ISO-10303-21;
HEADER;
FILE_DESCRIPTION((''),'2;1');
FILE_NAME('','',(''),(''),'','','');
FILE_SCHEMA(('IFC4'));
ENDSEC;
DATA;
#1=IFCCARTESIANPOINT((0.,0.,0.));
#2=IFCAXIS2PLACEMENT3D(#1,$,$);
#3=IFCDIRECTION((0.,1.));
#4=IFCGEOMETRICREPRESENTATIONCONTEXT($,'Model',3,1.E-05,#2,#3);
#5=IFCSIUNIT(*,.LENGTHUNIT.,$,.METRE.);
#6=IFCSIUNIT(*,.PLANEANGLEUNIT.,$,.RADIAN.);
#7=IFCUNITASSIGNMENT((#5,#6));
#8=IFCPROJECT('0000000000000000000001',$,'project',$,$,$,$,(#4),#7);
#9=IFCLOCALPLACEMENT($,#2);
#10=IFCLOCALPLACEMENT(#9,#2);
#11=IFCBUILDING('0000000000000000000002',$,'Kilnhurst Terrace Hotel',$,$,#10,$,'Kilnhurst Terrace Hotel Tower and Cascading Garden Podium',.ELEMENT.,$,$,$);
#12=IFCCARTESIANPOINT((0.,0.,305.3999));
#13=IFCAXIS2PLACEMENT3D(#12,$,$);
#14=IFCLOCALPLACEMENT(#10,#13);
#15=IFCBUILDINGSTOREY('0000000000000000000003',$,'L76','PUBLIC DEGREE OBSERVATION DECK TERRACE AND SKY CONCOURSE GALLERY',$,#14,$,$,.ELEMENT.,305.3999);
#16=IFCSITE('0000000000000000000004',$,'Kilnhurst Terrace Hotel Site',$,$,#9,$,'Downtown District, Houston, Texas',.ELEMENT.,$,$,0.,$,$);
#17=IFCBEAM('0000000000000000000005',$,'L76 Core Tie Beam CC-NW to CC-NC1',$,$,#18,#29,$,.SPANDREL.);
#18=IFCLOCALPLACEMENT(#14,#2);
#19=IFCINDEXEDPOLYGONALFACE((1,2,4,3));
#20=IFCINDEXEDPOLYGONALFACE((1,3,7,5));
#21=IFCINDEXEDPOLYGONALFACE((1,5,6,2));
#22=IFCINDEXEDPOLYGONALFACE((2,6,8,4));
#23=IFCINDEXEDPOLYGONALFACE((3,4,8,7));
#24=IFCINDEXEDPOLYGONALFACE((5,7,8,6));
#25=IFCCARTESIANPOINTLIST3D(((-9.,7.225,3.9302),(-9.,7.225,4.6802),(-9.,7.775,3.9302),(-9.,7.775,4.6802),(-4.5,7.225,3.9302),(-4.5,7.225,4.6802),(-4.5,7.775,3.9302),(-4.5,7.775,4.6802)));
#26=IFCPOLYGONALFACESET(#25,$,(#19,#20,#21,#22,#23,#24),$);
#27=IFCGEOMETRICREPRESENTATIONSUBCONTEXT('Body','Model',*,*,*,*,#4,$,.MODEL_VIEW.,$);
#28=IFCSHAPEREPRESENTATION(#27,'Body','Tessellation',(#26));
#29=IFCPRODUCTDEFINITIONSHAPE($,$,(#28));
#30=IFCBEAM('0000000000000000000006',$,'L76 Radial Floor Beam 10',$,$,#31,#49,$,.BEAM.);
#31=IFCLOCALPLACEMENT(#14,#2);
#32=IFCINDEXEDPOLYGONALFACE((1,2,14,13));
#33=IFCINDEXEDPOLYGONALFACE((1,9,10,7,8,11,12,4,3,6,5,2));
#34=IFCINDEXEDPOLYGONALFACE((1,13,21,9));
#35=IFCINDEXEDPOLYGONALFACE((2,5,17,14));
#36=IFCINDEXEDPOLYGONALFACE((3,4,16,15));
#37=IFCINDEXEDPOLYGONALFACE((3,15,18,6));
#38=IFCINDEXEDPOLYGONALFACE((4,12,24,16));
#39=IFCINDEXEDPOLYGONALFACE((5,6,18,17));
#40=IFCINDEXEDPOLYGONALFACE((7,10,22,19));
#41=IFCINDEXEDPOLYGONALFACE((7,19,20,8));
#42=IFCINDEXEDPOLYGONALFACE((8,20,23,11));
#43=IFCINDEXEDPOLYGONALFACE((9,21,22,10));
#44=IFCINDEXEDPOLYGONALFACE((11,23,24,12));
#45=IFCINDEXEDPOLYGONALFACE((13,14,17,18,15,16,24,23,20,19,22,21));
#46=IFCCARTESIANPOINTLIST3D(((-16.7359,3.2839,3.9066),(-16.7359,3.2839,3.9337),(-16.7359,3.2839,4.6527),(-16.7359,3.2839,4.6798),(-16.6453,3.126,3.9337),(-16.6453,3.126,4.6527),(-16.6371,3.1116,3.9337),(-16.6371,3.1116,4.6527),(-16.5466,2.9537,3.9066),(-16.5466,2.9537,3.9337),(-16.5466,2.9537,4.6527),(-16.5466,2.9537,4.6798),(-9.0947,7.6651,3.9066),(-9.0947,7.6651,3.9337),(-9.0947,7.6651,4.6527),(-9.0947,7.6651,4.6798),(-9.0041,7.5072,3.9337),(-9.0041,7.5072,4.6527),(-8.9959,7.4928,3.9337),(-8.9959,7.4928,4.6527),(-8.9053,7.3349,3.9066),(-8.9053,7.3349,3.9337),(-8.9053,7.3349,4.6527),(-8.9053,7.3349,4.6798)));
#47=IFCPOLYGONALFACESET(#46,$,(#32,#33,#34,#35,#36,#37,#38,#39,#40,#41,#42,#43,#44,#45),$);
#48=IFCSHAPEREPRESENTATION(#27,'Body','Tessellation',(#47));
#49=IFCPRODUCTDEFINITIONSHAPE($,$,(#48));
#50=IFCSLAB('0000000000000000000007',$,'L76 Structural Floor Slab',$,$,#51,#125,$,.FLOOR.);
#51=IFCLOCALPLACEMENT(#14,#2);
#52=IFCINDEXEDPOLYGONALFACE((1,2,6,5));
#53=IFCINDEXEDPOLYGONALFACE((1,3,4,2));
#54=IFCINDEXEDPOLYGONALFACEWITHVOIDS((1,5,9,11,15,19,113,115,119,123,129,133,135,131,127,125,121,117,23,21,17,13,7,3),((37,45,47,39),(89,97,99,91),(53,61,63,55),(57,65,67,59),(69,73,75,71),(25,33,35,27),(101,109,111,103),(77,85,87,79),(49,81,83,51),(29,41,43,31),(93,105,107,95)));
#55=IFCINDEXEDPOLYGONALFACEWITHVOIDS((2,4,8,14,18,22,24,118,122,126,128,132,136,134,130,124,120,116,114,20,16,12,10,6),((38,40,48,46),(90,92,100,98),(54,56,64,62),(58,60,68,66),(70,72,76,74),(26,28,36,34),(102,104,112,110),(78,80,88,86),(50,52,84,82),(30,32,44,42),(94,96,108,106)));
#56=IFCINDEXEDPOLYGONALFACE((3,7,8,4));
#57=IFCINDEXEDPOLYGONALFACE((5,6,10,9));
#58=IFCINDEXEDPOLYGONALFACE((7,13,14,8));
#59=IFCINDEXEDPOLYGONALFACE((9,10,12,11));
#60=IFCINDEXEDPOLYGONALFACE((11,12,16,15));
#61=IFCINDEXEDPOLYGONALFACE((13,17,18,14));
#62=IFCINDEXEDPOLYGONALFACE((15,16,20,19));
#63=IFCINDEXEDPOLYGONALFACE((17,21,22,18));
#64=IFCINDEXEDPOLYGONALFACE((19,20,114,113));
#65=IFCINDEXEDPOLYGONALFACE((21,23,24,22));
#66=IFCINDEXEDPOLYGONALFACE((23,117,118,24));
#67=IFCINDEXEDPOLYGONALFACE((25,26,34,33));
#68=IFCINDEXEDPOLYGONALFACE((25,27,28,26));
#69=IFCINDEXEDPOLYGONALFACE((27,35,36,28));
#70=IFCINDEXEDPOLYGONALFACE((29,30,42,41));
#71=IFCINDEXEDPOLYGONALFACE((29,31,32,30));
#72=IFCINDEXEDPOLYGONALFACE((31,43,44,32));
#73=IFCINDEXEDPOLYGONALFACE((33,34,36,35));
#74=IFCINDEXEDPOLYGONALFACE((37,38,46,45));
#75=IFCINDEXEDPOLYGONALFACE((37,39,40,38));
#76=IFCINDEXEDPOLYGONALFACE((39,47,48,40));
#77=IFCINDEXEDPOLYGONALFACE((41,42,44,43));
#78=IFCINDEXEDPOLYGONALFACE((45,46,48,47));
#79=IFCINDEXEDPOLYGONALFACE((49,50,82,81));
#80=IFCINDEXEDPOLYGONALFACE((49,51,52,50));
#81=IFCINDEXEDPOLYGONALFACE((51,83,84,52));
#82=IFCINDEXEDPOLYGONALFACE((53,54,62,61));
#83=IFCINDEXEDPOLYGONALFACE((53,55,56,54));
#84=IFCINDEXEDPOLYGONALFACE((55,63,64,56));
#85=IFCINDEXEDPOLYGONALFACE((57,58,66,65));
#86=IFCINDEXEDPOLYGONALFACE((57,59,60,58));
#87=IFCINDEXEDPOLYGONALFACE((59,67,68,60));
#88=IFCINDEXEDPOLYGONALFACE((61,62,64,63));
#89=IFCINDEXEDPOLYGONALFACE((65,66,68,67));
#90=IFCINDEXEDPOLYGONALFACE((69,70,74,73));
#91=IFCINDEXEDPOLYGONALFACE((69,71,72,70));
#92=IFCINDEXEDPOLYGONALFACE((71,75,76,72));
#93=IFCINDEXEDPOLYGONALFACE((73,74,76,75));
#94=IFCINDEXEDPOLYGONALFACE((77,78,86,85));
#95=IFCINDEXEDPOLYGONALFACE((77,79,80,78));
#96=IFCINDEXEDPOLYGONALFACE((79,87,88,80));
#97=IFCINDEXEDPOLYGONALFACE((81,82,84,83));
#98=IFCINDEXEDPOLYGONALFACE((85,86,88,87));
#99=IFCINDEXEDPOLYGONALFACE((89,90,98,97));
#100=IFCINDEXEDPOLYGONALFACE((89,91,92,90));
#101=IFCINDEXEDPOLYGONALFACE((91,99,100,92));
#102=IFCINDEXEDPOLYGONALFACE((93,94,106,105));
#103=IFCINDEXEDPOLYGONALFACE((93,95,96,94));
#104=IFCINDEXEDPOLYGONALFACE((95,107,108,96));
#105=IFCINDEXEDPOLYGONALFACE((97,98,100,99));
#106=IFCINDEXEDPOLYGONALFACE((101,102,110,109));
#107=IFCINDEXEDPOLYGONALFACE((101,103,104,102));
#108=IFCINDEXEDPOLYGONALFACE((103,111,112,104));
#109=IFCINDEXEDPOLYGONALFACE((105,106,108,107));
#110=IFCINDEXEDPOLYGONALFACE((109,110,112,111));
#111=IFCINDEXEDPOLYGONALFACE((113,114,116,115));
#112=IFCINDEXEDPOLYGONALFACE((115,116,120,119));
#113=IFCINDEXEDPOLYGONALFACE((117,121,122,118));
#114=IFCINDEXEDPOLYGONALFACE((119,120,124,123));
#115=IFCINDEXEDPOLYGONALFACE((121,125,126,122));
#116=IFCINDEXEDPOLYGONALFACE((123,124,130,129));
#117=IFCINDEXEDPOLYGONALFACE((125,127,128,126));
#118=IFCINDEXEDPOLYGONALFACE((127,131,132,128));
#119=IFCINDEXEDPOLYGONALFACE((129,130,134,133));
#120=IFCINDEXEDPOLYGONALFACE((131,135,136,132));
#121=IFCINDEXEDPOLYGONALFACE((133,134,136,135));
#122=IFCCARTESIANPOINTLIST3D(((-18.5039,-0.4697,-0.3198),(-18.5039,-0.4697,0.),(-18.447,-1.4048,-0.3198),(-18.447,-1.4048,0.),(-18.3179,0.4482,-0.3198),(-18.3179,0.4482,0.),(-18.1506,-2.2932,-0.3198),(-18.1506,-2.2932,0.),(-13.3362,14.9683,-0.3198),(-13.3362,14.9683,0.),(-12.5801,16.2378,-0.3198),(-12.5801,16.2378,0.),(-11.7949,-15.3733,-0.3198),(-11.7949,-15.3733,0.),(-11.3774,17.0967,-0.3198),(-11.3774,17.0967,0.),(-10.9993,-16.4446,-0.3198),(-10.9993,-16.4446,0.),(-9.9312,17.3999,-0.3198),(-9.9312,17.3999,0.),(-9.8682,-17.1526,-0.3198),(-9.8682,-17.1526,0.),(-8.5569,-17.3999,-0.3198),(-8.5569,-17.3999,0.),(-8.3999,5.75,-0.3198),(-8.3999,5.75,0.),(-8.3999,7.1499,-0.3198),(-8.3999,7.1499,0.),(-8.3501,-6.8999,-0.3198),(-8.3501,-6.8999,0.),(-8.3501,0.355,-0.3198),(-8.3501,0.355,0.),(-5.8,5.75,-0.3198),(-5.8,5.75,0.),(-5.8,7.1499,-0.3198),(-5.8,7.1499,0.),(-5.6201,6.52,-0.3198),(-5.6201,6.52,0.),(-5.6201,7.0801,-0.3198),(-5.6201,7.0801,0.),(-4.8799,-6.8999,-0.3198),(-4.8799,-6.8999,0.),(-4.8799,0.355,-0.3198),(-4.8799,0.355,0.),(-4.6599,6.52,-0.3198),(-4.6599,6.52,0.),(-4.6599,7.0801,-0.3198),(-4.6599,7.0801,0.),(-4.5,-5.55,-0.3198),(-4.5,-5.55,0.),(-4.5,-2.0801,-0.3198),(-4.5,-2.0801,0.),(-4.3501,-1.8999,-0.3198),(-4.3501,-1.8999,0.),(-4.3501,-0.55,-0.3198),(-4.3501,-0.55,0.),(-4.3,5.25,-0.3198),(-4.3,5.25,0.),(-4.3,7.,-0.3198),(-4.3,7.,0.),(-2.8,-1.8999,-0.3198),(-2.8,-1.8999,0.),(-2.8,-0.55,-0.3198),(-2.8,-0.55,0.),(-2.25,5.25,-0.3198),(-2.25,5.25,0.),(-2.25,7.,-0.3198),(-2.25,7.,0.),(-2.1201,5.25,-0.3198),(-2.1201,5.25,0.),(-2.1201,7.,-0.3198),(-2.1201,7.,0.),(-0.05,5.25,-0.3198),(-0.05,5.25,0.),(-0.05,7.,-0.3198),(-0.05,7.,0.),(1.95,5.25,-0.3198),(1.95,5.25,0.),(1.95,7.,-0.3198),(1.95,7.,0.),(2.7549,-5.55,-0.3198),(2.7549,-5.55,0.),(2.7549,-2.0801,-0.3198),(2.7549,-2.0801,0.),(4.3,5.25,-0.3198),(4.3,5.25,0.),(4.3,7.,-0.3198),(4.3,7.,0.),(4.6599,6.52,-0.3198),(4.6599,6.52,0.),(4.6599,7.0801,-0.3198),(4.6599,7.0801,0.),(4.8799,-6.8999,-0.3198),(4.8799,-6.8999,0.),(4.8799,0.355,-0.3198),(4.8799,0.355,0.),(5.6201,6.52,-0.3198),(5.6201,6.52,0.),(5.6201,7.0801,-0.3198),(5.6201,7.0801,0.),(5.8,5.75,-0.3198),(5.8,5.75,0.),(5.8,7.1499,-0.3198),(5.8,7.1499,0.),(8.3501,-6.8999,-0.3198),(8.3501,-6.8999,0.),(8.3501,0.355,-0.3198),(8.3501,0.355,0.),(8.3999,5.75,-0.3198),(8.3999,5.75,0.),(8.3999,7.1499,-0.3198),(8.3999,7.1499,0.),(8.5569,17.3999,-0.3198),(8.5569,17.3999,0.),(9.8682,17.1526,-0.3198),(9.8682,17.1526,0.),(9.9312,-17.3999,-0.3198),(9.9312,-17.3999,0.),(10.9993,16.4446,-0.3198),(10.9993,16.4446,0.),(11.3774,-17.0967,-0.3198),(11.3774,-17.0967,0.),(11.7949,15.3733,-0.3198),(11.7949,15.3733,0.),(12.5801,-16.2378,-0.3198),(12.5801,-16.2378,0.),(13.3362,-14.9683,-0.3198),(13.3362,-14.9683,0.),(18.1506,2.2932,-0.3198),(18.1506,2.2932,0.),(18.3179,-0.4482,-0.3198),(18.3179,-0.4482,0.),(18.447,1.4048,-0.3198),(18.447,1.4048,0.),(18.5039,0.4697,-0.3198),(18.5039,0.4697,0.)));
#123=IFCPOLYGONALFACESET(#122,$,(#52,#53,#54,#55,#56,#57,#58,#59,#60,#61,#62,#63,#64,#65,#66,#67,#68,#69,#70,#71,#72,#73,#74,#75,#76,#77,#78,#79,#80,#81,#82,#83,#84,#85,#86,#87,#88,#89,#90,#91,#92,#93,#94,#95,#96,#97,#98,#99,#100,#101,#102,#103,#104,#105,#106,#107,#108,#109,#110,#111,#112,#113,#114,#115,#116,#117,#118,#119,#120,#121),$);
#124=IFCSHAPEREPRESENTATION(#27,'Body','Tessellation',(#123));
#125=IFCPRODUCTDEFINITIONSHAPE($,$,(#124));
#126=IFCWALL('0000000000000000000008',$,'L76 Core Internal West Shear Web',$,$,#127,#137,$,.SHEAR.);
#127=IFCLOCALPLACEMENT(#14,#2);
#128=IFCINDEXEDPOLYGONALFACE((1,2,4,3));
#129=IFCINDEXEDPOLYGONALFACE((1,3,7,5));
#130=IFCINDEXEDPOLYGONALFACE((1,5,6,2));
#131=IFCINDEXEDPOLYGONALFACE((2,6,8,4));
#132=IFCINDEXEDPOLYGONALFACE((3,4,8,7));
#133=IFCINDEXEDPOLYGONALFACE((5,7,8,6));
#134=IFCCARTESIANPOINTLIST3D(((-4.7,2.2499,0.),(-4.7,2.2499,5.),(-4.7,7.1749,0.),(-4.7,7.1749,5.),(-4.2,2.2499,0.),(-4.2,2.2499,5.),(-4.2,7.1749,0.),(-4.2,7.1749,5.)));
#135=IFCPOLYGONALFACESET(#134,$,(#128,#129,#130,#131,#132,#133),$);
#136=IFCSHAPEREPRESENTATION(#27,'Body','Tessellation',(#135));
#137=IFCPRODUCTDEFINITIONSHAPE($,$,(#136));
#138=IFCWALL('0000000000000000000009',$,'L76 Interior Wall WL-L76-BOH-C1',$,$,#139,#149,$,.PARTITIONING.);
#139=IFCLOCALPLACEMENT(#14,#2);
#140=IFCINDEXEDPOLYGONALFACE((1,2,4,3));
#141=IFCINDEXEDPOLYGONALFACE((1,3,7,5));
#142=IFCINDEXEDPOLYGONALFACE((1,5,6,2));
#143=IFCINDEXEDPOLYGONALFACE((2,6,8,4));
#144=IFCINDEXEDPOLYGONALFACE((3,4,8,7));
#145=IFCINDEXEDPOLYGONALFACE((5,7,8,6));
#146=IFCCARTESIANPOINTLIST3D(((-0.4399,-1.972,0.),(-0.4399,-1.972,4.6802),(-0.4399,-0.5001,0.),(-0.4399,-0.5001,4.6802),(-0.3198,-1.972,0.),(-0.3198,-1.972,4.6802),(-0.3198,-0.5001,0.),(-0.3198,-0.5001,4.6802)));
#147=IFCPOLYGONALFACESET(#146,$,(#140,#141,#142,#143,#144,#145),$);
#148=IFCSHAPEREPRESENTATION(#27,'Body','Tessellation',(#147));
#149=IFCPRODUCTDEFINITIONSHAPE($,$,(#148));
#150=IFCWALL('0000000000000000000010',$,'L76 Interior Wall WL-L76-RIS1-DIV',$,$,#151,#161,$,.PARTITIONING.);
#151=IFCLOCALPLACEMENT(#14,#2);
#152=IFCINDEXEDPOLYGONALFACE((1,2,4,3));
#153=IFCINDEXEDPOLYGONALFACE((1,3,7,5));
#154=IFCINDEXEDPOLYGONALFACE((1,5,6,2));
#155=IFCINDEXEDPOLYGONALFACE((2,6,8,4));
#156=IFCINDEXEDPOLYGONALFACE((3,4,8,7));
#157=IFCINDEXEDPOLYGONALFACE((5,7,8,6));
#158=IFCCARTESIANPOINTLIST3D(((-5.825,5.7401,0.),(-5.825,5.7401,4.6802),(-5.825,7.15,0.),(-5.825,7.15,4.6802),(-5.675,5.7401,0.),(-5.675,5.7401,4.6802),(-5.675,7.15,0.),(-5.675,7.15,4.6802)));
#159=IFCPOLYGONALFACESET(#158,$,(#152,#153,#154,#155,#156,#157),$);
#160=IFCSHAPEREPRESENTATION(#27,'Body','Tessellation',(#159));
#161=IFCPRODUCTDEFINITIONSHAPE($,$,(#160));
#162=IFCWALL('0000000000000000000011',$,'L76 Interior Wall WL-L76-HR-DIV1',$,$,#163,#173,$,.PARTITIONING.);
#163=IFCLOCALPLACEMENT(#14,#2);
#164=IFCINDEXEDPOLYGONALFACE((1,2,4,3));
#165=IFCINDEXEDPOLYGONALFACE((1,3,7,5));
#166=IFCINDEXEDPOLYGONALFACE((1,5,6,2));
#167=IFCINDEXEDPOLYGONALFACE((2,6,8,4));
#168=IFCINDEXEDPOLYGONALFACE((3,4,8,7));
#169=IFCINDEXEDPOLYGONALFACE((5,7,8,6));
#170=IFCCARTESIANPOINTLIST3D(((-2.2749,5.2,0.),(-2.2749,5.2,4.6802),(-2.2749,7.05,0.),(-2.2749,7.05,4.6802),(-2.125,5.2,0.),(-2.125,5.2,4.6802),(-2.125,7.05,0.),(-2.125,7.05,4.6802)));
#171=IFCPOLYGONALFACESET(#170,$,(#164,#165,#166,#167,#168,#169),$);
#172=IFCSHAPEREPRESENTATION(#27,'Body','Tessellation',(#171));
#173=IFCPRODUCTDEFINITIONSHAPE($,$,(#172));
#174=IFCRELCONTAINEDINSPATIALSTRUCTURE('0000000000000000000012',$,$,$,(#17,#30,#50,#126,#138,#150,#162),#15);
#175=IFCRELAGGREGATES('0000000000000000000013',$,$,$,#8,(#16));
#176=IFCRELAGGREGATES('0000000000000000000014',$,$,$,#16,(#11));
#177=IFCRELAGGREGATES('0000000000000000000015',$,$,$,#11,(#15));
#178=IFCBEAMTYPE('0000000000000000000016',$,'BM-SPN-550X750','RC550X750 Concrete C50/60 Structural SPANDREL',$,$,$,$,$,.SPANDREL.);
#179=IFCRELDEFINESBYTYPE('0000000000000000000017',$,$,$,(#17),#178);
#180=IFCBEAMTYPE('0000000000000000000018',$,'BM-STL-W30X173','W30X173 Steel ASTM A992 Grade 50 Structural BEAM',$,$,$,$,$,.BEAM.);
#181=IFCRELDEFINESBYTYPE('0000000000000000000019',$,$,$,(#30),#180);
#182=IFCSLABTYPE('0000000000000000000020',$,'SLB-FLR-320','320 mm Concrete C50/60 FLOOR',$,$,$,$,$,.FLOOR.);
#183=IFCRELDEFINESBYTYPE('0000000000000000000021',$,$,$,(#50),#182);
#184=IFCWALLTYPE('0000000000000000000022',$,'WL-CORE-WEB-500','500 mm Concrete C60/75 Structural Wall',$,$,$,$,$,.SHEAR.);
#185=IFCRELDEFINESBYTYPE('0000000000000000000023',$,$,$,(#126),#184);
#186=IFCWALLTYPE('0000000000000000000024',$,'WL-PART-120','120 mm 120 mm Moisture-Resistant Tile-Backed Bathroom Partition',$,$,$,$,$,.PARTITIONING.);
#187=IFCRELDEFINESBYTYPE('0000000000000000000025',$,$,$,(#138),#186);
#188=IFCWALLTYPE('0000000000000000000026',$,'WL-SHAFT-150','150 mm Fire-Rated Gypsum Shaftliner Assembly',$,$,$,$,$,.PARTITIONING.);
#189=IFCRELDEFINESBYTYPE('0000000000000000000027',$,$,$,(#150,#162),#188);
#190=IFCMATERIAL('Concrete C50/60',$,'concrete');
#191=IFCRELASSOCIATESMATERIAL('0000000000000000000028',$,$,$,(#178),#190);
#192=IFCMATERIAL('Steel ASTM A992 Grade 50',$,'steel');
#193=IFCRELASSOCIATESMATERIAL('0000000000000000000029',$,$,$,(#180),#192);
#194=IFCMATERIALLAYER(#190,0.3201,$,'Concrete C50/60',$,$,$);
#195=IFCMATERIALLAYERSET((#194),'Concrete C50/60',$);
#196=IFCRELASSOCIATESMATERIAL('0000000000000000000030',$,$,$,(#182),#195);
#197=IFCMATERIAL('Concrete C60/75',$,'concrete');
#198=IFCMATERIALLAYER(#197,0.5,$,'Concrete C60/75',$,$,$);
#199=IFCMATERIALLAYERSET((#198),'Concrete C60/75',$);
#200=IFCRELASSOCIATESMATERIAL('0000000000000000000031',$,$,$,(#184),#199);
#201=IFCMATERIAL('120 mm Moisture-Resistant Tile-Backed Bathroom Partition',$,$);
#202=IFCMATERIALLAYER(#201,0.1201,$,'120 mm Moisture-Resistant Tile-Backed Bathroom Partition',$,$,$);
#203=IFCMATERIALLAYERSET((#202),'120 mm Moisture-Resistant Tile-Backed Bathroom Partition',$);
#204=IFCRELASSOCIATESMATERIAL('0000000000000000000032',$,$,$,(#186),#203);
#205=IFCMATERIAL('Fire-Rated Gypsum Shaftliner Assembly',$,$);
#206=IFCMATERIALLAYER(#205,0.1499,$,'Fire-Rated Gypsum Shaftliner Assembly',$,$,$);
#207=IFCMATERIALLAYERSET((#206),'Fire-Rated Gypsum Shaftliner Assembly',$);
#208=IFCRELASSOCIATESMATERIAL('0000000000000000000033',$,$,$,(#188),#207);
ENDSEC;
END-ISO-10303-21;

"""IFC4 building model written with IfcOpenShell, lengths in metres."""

from ifc_helpers import new_model, si_unit, direction, frame, frame_2d, origin, origin_2d, place, context, subcontext, project, spatial, polyline, rectangle, i_section, outline, extrude, material, layer, layer_set, material_profile, profile_set, type_object, element, save


model = new_model("IFC4")

# Units and contexts
model_context = context("Model", 3, precision=1e-05, world=origin(), true_north=direction((0.0, 1.0)))
body_context = subcontext(model_context, "Body", "Model", "MODEL_VIEW")
ifc_project = project(units=[si_unit("LENGTHUNIT", "METRE"), si_unit("PLANEANGLEUNIT", "RADIAN")], contexts=[model_context])

# Site, building, storey
site_placement = place(None, origin())
site = spatial("IfcSite", under=ifc_project, at=site_placement, Name="Kilnhurst Terrace Hotel Site", LongName="Downtown District, Houston, Texas", CompositionType="ELEMENT", RefElevation=0.0)
building_placement = place(site_placement, origin())
building = spatial("IfcBuilding", under=site, at=building_placement, Name="Kilnhurst Terrace Hotel", LongName="Kilnhurst Terrace Hotel Tower and Cascading Garden Podium", CompositionType="ELEMENT")
storey_placement = place(building_placement, frame((0.0, 0.0, 305.3999)))
storey = spatial("IfcBuildingStorey", under=building, at=storey_placement, Name="L76", Description="PUBLIC DEGREE OBSERVATION DECK TERRACE AND SKY CONCOURSE GALLERY", CompositionType="ELEMENT", Elevation=305.3999)

# Beams
ifc_material_1 = material(Name="Concrete C50/60", Category="concrete")
ifc_material_profile_1 = material_profile(ifc_material_1, rectangle(XDim=0.55, YDim=0.75, at=origin_2d()), Name="RC550X750")
ifc_profile_set_1 = profile_set([ifc_material_profile_1], Name="Concrete C50/60")
beam_type_1 = type_object("IfcBeamType", Name="BM-SPN-550X750", Description="RC550X750 Concrete C50/60 Structural SPANDREL", PredefinedType="SPANDREL", material=ifc_profile_set_1)
beam_1_placement = place(storey_placement, frame((-9.0, 7.5, 4.3052), z_axis=(1.0, 0.0, 0.0), x_axis=(0.0, 1.0, 0.0)))
element("IfcBeam", 1, at=beam_1_placement, inside=storey, type_object=beam_type_1, Name="L76 Core Tie Beam CC-NW to CC-NC1", PredefinedType="SPANDREL", context=body_context, shape_type="SweptSolid", body=[
    extrude(rectangle(XDim=0.55, YDim=0.75, at=origin_2d()), origin(), (0.0, 0.0, 1.0), 4.5),
])
ifc_material_2 = material(Name="Steel ASTM A992 Grade 50", Category="steel")
ifc_material_profile_2 = material_profile(ifc_material_2, i_section(OverallWidth=0.3806, OverallDepth=0.7732, WebThickness=0.0166, FlangeThickness=0.0271, at=origin_2d()), Name="W30X173")
ifc_profile_set_2 = profile_set([ifc_material_profile_2], Name="Steel ASTM A992 Grade 50")
beam_type_2 = type_object("IfcBeamType", Name="BM-STL-W30X173", Description="W30X173 Steel ASTM A992 Grade 50 Structural BEAM", PredefinedType="BEAM", material=ifc_profile_set_2)
beam_2_placement = place(storey_placement, frame((-9.0, 7.5, 4.2932), z_axis=(-0.867521, -0.497401, 0.0), x_axis=(0.497401, -0.867521, 0.0)))
element("IfcBeam", 2, at=beam_2_placement, inside=storey, type_object=beam_type_2, Name="L76 Radial Floor Beam 10", PredefinedType="BEAM", context=body_context, shape_type="SweptSolid", body=[
    extrude(i_section(OverallWidth=0.3806, OverallDepth=0.7732, WebThickness=0.0166, FlangeThickness=0.0271, at=origin_2d()), origin(), (0.0, 0.0, 1.0), 8.8081),
])

# Slab
ifc_layer_1 = layer(ifc_material_1, 0.3201, Name="Concrete C50/60")
ifc_layer_set_1 = layer_set([ifc_layer_1], Name="Concrete C50/60")
slab_type = type_object("IfcSlabType", Name="SLB-FLR-320", Description="320 mm Concrete C50/60 FLOOR", PredefinedType="FLOOR", material=ifc_layer_set_1)
slab_placement = place(storey_placement, frame((0.0, 0.0, -0.3198)))
element("IfcSlab", 3, at=slab_placement, inside=storey, type_object=slab_type, Name="L76 Structural Floor Slab", PredefinedType="FLOOR", context=body_context, shape_type="SweptSolid", body=[
    extrude(outline(polyline([(-11.7949, -15.3733), (-10.9993, -16.4446), (-9.8682, -17.1526), (-8.5569, -17.3999), (9.9312, -17.3999), (11.3774, -17.0967), (12.5801, -16.2378), (13.3362, -14.9683), (18.3179, -0.4482), (18.5039, 0.4697), (18.447, 1.4048), (18.1506, 2.2932), (11.7949, 15.3733), (10.9993, 16.4446), (9.8682, 17.1526), (8.5569, 17.3999), (-9.9312, 17.3999), (-11.3774, 17.0967), (-12.5801, 16.2378), (-13.3362, 14.9683), (-18.3179, 0.4482), (-18.5039, -0.4697), (-18.447, -1.4048), (-18.1506, -2.2932), (-11.7949, -15.3733)]), holes=[polyline([(-8.3501, 0.355), (-4.8799, 0.355), (-4.8799, -6.8999), (-8.3501, -6.8999), (-8.3501, 0.355)]), polyline([(-2.8, -1.8999), (-4.3501, -1.8999), (-4.3501, -0.55), (-2.8, -0.55), (-2.8, -1.8999)]), polyline([(-2.25, 5.25), (-4.3, 5.25), (-4.3, 7.0), (-2.25, 7.0), (-2.25, 5.25)]), polyline([(-2.1201, 5.25), (-2.1201, 7.0), (-0.05, 7.0), (-0.05, 5.25), (-2.1201, 5.25)]), polyline([(-8.3999, 5.75), (-8.3999, 7.1499), (-5.8, 7.1499), (-5.8, 5.75), (-8.3999, 5.75)]), polyline([(-4.6599, 6.52), (-5.6201, 6.52), (-5.6201, 7.0801), (-4.6599, 7.0801), (-4.6599, 6.52)]), polyline([(2.7549, -5.55), (-4.5, -5.55), (-4.5, -2.0801), (2.7549, -2.0801), (2.7549, -5.55)]), polyline([(8.3501, 0.355), (8.3501, -6.8999), (4.8799, -6.8999), (4.8799, 0.355), (8.3501, 0.355)]), polyline([(4.3, 5.25), (1.95, 5.25), (1.95, 7.0), (4.3, 7.0), (4.3, 5.25)]), polyline([(5.8, 5.75), (5.8, 7.1499), (8.3999, 7.1499), (8.3999, 5.75), (5.8, 5.75)]), polyline([(4.6599, 6.52), (4.6599, 7.0801), (5.6201, 7.0801), (5.6201, 6.52), (4.6599, 6.52)])]), origin(), (0.0, 0.0, 1.0), 0.3198),
])

# Walls
ifc_material_3 = material(Name="Concrete C60/75", Category="concrete")
ifc_layer_2 = layer(ifc_material_3, 0.5, Name="Concrete C60/75")
ifc_layer_set_2 = layer_set([ifc_layer_2], Name="Concrete C60/75")
wall_type_1 = type_object("IfcWallType", Name="WL-CORE-WEB-500", Description="500 mm Concrete C60/75 Structural Wall", PredefinedType="SHEAR", material=ifc_layer_set_2)
wall_1_placement = place(storey_placement, frame((-4.45, 2.25, 0.0), z_axis=(0.0, 0.0, 1.0), x_axis=(0.0, 1.0, 0.0)))
element("IfcWall", 4, at=wall_1_placement, inside=storey, type_object=wall_type_1, Name="L76 Core Internal West Shear Web", PredefinedType="SHEAR", context=body_context, shape_type="SweptSolid", body=[
    extrude(rectangle(XDim=4.925, YDim=0.5, at=frame_2d((2.4624, 0.0))), origin(), (0.0, 0.0, 1.0), 5.0),
])
ifc_material_4 = material(Name="120 mm Moisture-Resistant Tile-Backed Bathroom Partition")
ifc_layer_3 = layer(ifc_material_4, 0.1201, Name="120 mm Moisture-Resistant Tile-Backed Bathroom Partition")
ifc_layer_set_3 = layer_set([ifc_layer_3], Name="120 mm Moisture-Resistant Tile-Backed Bathroom Partition")
wall_type_2 = type_object("IfcWallType", Name="WL-PART-120", Description="120 mm 120 mm Moisture-Resistant Tile-Backed Bathroom Partition", PredefinedType="PARTITIONING", material=ifc_layer_set_3)
wall_2_placement = place(storey_placement, frame((-0.3799, -1.9719, 0.0), z_axis=(0.0, 0.0, 1.0), x_axis=(0.0, 1.0, 0.0)))
element("IfcWall", 5, at=wall_2_placement, inside=storey, type_object=wall_type_2, Name="L76 Interior Wall WL-L76-BOH-C1", PredefinedType="PARTITIONING", context=body_context, shape_type="SweptSolid", body=[
    extrude(rectangle(XDim=1.4719, YDim=0.1201, at=frame_2d((0.7358, 0.0))), origin(), (0.0, 0.0, 1.0), 4.6802),
])
ifc_material_5 = material(Name="Fire-Rated Gypsum Shaftliner Assembly")
ifc_layer_4 = layer(ifc_material_5, 0.1499, Name="Fire-Rated Gypsum Shaftliner Assembly")
ifc_layer_set_4 = layer_set([ifc_layer_4], Name="Fire-Rated Gypsum Shaftliner Assembly")
wall_type_3 = type_object("IfcWallType", Name="WL-SHAFT-150", Description="150 mm Fire-Rated Gypsum Shaftliner Assembly", PredefinedType="PARTITIONING", material=ifc_layer_set_4)
wall_3_placement = place(storey_placement, frame((-5.75, 5.74, 0.0), z_axis=(0.0, 0.0, 1.0), x_axis=(0.0, 1.0, 0.0)))
element("IfcWall", 6, at=wall_3_placement, inside=storey, type_object=wall_type_3, Name="L76 Interior Wall WL-L76-RIS1-DIV", PredefinedType="PARTITIONING", context=body_context, shape_type="SweptSolid", body=[
    extrude(rectangle(XDim=1.4099, YDim=0.1499, at=frame_2d((0.7051, 0.0))), origin(), (0.0, 0.0, 1.0), 4.6802),
])
wall_4_placement = place(storey_placement, frame((-2.2, 5.2, 0.0), z_axis=(0.0, 0.0, 1.0), x_axis=(0.0, 1.0, 0.0)))
element("IfcWall", 7, at=wall_4_placement, inside=storey, type_object=wall_type_3, Name="L76 Interior Wall WL-L76-HR-DIV1", PredefinedType="PARTITIONING", context=body_context, shape_type="SweptSolid", body=[
    extrude(rectangle(XDim=1.8501, YDim=0.1499, at=frame_2d((0.925, 0.0))), origin(), (0.0, 0.0, 1.0), 4.6802),
])

save(model, "model.ifc")
